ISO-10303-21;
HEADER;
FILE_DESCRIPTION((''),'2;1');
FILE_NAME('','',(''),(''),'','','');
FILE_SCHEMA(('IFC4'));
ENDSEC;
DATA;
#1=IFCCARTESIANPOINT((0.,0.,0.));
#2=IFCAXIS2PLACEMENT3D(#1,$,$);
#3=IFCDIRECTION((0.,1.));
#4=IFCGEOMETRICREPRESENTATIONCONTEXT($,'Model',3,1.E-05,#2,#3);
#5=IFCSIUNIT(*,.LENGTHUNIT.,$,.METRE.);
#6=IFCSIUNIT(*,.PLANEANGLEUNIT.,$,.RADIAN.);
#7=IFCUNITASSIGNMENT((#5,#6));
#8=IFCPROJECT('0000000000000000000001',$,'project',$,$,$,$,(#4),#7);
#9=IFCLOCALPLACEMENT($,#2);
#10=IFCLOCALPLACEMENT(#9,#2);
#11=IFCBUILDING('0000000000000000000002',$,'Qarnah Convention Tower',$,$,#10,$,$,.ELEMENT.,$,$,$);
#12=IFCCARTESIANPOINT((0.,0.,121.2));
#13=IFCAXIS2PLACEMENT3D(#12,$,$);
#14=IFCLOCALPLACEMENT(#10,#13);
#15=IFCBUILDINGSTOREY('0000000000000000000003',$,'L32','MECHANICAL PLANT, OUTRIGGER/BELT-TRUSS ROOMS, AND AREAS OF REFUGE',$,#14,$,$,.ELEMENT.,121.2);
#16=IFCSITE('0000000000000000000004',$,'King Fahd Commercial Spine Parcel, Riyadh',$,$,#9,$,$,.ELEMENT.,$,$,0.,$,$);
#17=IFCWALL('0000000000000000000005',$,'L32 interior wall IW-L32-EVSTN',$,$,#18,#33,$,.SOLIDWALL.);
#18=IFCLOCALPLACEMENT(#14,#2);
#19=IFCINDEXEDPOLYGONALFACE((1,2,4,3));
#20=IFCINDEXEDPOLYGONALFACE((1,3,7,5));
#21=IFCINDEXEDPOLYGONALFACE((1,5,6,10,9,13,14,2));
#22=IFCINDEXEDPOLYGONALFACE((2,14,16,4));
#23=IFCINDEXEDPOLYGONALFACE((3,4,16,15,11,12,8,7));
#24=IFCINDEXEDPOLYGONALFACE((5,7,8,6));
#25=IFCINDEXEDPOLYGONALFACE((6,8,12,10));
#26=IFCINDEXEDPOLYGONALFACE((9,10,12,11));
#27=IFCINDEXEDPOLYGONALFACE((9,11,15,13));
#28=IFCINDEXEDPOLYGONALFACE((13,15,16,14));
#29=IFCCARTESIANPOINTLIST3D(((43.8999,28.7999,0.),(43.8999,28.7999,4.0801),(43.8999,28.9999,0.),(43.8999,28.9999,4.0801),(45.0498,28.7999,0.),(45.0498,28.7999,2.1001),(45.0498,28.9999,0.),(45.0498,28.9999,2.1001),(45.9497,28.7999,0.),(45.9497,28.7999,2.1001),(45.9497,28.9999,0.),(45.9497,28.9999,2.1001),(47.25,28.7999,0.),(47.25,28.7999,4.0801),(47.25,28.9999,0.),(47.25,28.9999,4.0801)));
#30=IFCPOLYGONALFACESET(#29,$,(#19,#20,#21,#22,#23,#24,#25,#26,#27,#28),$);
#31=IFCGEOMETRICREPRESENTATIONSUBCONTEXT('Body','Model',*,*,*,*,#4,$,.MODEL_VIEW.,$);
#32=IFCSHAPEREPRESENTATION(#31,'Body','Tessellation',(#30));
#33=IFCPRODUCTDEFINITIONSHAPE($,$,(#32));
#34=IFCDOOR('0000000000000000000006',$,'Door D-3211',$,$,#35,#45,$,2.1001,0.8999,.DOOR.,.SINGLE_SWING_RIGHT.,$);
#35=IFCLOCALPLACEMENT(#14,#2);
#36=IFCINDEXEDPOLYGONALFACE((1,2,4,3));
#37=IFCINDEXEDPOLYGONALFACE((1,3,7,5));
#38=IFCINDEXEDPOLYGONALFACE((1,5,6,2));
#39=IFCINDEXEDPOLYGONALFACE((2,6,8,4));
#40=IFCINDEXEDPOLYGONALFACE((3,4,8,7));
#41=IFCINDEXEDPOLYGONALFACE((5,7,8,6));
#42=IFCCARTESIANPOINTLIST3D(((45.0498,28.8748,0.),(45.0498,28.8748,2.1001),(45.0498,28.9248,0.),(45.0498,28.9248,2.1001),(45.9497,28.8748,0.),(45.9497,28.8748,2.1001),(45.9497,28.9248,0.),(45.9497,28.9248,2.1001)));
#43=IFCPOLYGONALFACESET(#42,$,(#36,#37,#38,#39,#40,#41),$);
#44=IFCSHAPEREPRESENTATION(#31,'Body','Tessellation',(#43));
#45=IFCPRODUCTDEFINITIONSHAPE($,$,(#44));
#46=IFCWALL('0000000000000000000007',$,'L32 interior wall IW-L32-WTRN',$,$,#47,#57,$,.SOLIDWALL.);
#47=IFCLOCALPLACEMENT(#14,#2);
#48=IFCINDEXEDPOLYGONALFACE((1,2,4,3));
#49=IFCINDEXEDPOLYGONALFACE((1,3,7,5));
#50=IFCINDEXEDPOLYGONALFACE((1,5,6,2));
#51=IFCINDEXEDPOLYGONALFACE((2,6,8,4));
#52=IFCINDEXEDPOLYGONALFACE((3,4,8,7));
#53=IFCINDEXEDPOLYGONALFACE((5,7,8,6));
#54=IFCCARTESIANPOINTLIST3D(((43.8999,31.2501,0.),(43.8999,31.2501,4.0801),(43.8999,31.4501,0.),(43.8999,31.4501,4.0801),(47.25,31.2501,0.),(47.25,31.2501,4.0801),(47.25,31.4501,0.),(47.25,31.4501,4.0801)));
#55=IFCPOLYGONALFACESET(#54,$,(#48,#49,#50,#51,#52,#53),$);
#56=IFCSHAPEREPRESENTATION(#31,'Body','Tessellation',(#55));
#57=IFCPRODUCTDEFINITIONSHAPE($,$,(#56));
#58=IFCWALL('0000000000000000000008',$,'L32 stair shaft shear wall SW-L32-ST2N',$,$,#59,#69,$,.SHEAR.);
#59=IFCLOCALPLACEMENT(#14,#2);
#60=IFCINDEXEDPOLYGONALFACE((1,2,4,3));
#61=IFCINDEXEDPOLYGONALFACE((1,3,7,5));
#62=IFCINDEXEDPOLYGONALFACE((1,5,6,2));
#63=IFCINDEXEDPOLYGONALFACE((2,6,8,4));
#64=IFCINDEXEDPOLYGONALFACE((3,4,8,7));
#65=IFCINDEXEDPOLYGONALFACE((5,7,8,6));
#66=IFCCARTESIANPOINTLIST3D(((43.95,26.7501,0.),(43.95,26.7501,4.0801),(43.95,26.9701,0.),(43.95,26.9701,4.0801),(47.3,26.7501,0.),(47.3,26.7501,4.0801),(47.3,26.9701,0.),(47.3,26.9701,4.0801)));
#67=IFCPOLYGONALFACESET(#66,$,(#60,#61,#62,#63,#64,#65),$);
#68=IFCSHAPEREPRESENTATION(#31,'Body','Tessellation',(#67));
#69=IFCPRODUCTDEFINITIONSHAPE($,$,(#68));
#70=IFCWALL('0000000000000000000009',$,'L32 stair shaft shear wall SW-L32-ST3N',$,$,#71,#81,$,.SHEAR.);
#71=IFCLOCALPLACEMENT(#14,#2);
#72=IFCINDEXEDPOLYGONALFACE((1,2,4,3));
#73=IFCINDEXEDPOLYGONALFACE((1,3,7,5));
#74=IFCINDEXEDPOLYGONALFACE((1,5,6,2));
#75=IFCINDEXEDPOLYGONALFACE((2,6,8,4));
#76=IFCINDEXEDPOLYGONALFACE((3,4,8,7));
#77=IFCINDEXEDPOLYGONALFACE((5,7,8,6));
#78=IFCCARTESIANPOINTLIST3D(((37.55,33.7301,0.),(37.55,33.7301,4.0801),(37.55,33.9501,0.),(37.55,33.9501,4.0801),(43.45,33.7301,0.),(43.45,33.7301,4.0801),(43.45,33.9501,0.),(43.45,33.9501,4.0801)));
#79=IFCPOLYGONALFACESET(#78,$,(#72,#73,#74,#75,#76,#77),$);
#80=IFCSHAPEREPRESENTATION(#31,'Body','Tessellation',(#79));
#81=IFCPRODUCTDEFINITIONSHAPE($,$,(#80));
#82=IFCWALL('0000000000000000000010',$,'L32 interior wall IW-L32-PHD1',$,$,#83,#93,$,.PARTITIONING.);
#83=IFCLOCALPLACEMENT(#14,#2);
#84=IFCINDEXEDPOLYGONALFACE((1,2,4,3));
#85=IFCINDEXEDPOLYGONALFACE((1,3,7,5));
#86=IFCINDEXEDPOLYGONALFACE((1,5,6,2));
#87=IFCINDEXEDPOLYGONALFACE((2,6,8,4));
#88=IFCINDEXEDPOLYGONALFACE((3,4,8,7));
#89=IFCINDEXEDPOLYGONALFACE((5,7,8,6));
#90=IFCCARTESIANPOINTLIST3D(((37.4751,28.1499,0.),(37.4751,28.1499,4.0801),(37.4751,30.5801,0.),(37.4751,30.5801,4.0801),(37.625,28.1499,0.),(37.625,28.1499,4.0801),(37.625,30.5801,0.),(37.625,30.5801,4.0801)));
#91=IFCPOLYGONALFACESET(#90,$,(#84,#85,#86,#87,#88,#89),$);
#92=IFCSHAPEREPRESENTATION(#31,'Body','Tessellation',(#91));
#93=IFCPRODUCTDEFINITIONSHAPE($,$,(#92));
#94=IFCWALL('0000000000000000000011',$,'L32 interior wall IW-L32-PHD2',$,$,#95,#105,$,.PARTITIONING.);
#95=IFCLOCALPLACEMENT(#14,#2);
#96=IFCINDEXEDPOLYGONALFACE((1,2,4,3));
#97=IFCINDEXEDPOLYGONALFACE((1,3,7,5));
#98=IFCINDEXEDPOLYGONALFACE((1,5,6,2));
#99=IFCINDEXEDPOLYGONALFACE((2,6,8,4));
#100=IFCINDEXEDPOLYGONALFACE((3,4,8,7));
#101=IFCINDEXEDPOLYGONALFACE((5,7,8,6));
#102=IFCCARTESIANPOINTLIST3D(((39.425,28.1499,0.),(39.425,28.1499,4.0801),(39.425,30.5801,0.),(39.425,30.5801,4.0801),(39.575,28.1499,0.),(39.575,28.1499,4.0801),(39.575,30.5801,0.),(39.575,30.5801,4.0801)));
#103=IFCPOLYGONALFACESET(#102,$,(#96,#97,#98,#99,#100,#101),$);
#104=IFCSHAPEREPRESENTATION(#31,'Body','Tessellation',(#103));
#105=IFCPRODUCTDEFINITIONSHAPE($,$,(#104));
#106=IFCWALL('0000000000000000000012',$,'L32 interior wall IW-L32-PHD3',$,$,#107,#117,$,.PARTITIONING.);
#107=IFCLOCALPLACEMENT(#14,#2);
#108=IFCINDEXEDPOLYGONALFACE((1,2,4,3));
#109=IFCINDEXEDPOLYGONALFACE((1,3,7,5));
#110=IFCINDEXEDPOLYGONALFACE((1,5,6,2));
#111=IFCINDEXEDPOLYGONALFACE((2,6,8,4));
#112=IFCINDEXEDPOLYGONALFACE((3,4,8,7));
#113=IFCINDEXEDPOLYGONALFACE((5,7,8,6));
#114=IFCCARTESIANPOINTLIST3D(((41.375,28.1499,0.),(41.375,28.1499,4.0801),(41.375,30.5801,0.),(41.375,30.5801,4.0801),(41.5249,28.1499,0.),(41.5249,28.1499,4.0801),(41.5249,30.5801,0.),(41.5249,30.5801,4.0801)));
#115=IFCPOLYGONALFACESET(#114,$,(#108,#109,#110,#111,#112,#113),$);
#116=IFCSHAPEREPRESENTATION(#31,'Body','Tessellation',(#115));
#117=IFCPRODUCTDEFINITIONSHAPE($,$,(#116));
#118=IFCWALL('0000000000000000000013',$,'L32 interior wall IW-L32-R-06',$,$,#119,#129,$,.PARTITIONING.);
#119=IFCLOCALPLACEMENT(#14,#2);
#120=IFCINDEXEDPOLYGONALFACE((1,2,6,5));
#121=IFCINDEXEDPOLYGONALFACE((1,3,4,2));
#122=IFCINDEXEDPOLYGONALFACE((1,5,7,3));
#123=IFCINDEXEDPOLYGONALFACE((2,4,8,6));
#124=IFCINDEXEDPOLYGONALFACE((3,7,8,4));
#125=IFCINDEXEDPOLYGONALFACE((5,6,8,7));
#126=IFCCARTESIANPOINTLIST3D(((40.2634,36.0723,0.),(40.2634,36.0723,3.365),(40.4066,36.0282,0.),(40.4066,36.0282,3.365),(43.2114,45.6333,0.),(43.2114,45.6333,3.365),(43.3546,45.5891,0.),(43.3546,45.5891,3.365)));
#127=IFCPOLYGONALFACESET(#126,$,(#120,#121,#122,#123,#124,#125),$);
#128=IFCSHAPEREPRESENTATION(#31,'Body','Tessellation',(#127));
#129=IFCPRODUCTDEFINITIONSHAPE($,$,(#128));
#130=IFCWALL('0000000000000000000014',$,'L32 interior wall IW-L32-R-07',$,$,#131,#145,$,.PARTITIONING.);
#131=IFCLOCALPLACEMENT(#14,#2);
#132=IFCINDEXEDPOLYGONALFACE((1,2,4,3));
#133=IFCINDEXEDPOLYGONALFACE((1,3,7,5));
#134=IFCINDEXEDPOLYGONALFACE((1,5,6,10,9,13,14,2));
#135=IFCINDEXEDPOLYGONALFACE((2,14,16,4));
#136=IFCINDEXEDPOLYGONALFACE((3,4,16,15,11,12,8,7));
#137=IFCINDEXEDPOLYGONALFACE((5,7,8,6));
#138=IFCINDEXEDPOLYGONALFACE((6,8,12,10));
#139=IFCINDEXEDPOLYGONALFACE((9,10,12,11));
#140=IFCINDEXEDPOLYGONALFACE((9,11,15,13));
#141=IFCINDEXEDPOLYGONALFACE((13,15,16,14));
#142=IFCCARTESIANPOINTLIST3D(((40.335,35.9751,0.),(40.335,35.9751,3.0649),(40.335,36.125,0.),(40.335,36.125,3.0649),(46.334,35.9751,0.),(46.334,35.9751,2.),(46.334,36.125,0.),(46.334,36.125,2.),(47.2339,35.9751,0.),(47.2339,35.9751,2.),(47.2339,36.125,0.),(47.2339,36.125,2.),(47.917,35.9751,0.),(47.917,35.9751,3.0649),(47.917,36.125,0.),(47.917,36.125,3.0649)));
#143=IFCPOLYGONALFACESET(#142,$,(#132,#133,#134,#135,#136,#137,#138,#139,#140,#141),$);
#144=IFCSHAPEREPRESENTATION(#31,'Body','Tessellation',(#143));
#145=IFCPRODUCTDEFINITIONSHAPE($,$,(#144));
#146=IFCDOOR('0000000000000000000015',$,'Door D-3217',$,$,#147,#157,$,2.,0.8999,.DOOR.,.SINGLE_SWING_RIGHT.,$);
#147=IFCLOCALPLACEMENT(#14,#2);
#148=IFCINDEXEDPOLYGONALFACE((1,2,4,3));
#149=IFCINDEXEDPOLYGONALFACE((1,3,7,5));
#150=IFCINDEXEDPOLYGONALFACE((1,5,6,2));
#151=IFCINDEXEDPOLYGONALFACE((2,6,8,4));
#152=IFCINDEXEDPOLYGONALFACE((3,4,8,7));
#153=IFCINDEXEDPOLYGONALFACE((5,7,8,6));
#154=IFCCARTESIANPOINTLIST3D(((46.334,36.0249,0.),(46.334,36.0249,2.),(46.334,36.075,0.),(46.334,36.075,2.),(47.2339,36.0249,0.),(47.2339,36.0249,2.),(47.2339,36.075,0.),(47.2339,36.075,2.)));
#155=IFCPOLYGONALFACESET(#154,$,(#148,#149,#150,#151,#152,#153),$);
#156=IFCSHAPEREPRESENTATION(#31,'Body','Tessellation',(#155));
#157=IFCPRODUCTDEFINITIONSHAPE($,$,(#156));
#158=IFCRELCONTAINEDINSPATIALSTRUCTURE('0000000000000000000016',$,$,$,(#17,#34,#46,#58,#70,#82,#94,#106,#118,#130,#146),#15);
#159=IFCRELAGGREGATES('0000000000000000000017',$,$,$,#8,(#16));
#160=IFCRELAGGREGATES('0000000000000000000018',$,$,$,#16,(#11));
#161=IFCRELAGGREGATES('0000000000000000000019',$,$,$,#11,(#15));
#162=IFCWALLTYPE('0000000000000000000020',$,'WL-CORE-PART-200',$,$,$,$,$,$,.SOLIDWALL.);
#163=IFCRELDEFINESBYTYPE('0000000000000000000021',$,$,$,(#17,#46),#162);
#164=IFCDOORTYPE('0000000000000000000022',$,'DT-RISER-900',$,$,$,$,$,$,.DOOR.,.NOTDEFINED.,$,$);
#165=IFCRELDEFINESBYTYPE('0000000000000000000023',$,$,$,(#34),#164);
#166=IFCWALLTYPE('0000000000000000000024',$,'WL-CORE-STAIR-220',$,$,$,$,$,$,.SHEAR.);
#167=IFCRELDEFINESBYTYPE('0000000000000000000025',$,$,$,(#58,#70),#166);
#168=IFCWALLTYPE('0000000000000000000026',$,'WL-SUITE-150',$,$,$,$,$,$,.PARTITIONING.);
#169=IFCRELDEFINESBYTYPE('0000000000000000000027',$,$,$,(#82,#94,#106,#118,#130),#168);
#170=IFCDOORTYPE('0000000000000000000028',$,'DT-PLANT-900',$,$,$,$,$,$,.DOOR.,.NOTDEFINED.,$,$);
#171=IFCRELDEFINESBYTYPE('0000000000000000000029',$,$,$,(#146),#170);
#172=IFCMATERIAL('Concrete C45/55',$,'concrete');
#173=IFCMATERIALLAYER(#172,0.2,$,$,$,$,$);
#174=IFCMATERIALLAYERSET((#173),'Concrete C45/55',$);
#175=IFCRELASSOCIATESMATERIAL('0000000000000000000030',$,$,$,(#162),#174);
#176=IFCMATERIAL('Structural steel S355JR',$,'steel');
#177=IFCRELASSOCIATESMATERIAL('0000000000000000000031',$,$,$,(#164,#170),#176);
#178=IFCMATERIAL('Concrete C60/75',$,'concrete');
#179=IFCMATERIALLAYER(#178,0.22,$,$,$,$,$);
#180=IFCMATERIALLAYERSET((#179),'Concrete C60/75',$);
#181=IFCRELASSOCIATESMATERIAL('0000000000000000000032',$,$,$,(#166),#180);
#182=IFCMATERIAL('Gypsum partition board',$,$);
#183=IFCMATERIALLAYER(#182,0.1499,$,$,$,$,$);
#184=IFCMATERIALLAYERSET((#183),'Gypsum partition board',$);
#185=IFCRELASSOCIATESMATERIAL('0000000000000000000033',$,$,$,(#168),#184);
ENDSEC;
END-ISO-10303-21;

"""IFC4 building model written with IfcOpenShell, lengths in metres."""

from ifc_helpers import new_model, si_unit, direction, frame, frame_2d, origin, place, context, subcontext, project, spatial, rectangle, extrude, material, layer, layer_set, type_object, element, fill, save


model = new_model("IFC4")

# Units and contexts
model_context = context("Model", 3, precision=1e-05, world=origin(), true_north=direction((0.0, 1.0)))
body_context = subcontext(model_context, "Body", "Model", "MODEL_VIEW")
ifc_project = project(units=[si_unit("LENGTHUNIT", "METRE"), si_unit("PLANEANGLEUNIT", "RADIAN")], contexts=[model_context])

# Site, building, storey
site_placement = place(None, origin())
site = spatial("IfcSite", under=ifc_project, at=site_placement, Name="King Fahd Commercial Spine Parcel, Riyadh", CompositionType="ELEMENT", RefElevation=0.0)
building_placement = place(site_placement, origin())
building = spatial("IfcBuilding", under=site, at=building_placement, Name="Qarnah Convention Tower", CompositionType="ELEMENT")
storey_placement = place(building_placement, frame((0.0, 0.0, 121.2)))
storey = spatial("IfcBuildingStorey", under=building, at=storey_placement, Name="L32", Description="MECHANICAL PLANT, OUTRIGGER/BELT-TRUSS ROOMS, AND AREAS OF REFUGE", CompositionType="ELEMENT", Elevation=121.2)

# Shared definitions
ifc_material_1 = material(Name="Concrete C60/75", Category="concrete")

# Shared definitions
ifc_material_2 = material(Name="Structural steel S355JR", Category="steel")

# Wall, opening, door
ifc_material_3 = material(Name="Concrete C45/55", Category="concrete")
ifc_layer_1 = layer(ifc_material_3, 0.2)
ifc_layer_set_1 = layer_set([ifc_layer_1], Name="Concrete C45/55")
wall_type_1 = type_object("IfcWallType", Name="WL-CORE-PART-200", PredefinedType="SOLIDWALL", material=ifc_layer_set_1)
wall_1_placement = place(storey_placement, frame((43.8999, 28.8999, 0.0), z_axis=(0.0, 0.0, 1.0), x_axis=(1.0, 0.0, 0.0)))
wall_1 = element("IfcWall", 1, at=wall_1_placement, inside=storey, type_object=wall_type_1, Name="L32 interior wall IW-L32-EVSTN", PredefinedType="SOLIDWALL", context=body_context, shape_type="SweptSolid", body=[
    extrude(rectangle(XDim=3.3501, YDim=0.2, at=frame_2d((1.675, 0.0))), origin(), (0.0, 0.0, 1.0), 4.0801),
])
opening_1_placement = place(wall_1_placement, frame((1.1499, 0.0, 0.0)))
opening_1 = element("IfcOpeningElement", 2, at=opening_1_placement, cuts=wall_1, PredefinedType="OPENING", context=body_context, shape_type="SweptSolid", body=[
    extrude(rectangle(XDim=0.8999, YDim=2.1001, at=frame_2d((0.45, 1.05))), frame((0.0, 0.1099, 0.0), z_axis=(0.0, -1.0, 0.0), x_axis=(1.0, 0.0, 0.0)), (0.0, 0.0, 1.0), 0.22),
])
door_type_1 = type_object("IfcDoorType", Name="DT-RISER-900", OperationType="NOTDEFINED", PredefinedType="DOOR", material=ifc_material_2)
door_1_placement = place(opening_1_placement, origin())
door_1 = element("IfcDoor", 3, at=door_1_placement, inside=storey, type_object=door_type_1, Name="Door D-3211", OperationType="SINGLE_SWING_RIGHT", OverallHeight=2.1001, OverallWidth=0.8999, PredefinedType="DOOR", context=body_context, shape_type="SweptSolid", body=[
    extrude(rectangle(XDim=0.8999, YDim=2.1001, at=frame_2d((0.45, 1.05))), frame((0.0, 0.0249, 0.0), z_axis=(0.0, -1.0, 0.0), x_axis=(1.0, 0.0, 0.0)), (0.0, 0.0, 1.0), 0.05),
])
fill(opening_1, door_1)

# Walls
wall_2_placement = place(storey_placement, frame((43.8999, 31.3501, 0.0), z_axis=(0.0, 0.0, 1.0), x_axis=(1.0, 0.0, 0.0)))
element("IfcWall", 4, at=wall_2_placement, inside=storey, type_object=wall_type_1, Name="L32 interior wall IW-L32-WTRN", PredefinedType="SOLIDWALL", context=body_context, shape_type="SweptSolid", body=[
    extrude(rectangle(XDim=3.3501, YDim=0.2, at=frame_2d((1.675, 0.0))), origin(), (0.0, 0.0, 1.0), 4.0801),
])
ifc_layer_2 = layer(ifc_material_1, 0.22)
ifc_layer_set_2 = layer_set([ifc_layer_2], Name="Concrete C60/75")
wall_type_2 = type_object("IfcWallType", Name="WL-CORE-STAIR-220", PredefinedType="SHEAR", material=ifc_layer_set_2)
wall_3_placement = place(storey_placement, frame((43.95, 26.8601, 0.0), z_axis=(0.0, 0.0, 1.0), x_axis=(1.0, 0.0, 0.0)))
element("IfcWall", 5, at=wall_3_placement, inside=storey, type_object=wall_type_2, Name="L32 stair shaft shear wall SW-L32-ST2N", PredefinedType="SHEAR", context=body_context, shape_type="SweptSolid", body=[
    extrude(rectangle(XDim=3.3501, YDim=0.22, at=frame_2d((1.675, 0.0))), origin(), (0.0, 0.0, 1.0), 4.0801),
])
wall_4_placement = place(storey_placement, frame((37.55, 33.8401, 0.0), z_axis=(0.0, 0.0, 1.0), x_axis=(1.0, 0.0, 0.0)))
element("IfcWall", 6, at=wall_4_placement, inside=storey, type_object=wall_type_2, Name="L32 stair shaft shear wall SW-L32-ST3N", PredefinedType="SHEAR", context=body_context, shape_type="SweptSolid", body=[
    extrude(rectangle(XDim=5.8999, YDim=0.22, at=frame_2d((2.95, 0.0))), origin(), (0.0, 0.0, 1.0), 4.0801),
])
ifc_material_4 = material(Name="Gypsum partition board")
ifc_layer_3 = layer(ifc_material_4, 0.1499)
ifc_layer_set_3 = layer_set([ifc_layer_3], Name="Gypsum partition board")
wall_type_3 = type_object("IfcWallType", Name="WL-SUITE-150", PredefinedType="PARTITIONING", material=ifc_layer_set_3)
for number, where, z_axis, x_axis, name in (
    (7, (37.55, 28.1499, 0.0), (0.0, 0.0, 1.0), (0.0, 1.0, 0.0), "L32 interior wall IW-L32-PHD1"),
    (8, (39.5, 28.1499, 0.0), (0.0, 0.0, 1.0), (0.0, 1.0, 0.0), "L32 interior wall IW-L32-PHD2"),
    (9, (41.45, 28.1499, 0.0), (0.0, 0.0, 1.0), (0.0, 1.0, 0.0), "L32 interior wall IW-L32-PHD3"),
):
    element("IfcWall", number, at=place(storey_placement, frame(where, z_axis=z_axis, x_axis=x_axis)), inside=storey, type_object=wall_type_3, Name=name, PredefinedType="PARTITIONING", context=body_context, shape_type="SweptSolid", body=[
        extrude(rectangle(XDim=2.4302, YDim=0.1499, at=frame_2d((1.2151, 0.0))), origin(), (0.0, 0.0, 1.0), 4.0801),
    ])
wall_5_placement = place(storey_placement, frame((43.283, 45.6111, 0.0), z_axis=(0.0, 0.0, 1.0), x_axis=(-0.294647, -0.955606, 0.0)))
element("IfcWall", 10, at=wall_5_placement, inside=storey, type_object=wall_type_3, Name="L32 interior wall IW-L32-R-06", PredefinedType="PARTITIONING", context=body_context, shape_type="SweptSolid", body=[
    extrude(rectangle(XDim=10.0051, YDim=0.1499, at=frame_2d((5.0024, 0.0))), origin(), (0.0, 0.0, 1.0), 3.365),
])

# Wall, opening, door
wall_6_placement = place(storey_placement, frame((40.335, 36.05, 0.0), z_axis=(0.0, 0.0, 1.0), x_axis=(1.0, 0.0, 0.0)))
wall_6 = element("IfcWall", 11, at=wall_6_placement, inside=storey, type_object=wall_type_3, Name="L32 interior wall IW-L32-R-07", PredefinedType="PARTITIONING", context=body_context, shape_type="SweptSolid", body=[
    extrude(rectangle(XDim=7.582, YDim=0.1499, at=frame_2d((3.791, 0.0))), origin(), (0.0, 0.0, 1.0), 3.0649),
])
opening_2_placement = place(wall_6_placement, frame((5.999, 0.0, 0.0)))
opening_2 = element("IfcOpeningElement", 12, at=opening_2_placement, cuts=wall_6, PredefinedType="OPENING", context=body_context, shape_type="SweptSolid", body=[
    extrude(rectangle(XDim=0.8999, YDim=2.0, at=frame_2d((0.45, 1.0))), frame((0.0, 0.085, 0.0), z_axis=(0.0, -1.0, 0.0), x_axis=(1.0, 0.0, 0.0)), (0.0, 0.0, 1.0), 0.1699),
])
door_type_2 = type_object("IfcDoorType", Name="DT-PLANT-900", OperationType="NOTDEFINED", PredefinedType="DOOR", material=ifc_material_2)
door_2_placement = place(opening_2_placement, origin())
door_2 = element("IfcDoor", 13, at=door_2_placement, inside=storey, type_object=door_type_2, Name="Door D-3217", OperationType="SINGLE_SWING_RIGHT", OverallHeight=2.0, OverallWidth=0.8999, PredefinedType="DOOR", context=body_context, shape_type="SweptSolid", body=[
    extrude(rectangle(XDim=0.8999, YDim=2.0, at=frame_2d((0.45, 1.0))), frame((0.0, 0.0249, 0.0), z_axis=(0.0, -1.0, 0.0), x_axis=(1.0, 0.0, 0.0)), (0.0, 0.0, 1.0), 0.05),
])
fill(opening_2, door_2)

save(model, "model.ifc")
